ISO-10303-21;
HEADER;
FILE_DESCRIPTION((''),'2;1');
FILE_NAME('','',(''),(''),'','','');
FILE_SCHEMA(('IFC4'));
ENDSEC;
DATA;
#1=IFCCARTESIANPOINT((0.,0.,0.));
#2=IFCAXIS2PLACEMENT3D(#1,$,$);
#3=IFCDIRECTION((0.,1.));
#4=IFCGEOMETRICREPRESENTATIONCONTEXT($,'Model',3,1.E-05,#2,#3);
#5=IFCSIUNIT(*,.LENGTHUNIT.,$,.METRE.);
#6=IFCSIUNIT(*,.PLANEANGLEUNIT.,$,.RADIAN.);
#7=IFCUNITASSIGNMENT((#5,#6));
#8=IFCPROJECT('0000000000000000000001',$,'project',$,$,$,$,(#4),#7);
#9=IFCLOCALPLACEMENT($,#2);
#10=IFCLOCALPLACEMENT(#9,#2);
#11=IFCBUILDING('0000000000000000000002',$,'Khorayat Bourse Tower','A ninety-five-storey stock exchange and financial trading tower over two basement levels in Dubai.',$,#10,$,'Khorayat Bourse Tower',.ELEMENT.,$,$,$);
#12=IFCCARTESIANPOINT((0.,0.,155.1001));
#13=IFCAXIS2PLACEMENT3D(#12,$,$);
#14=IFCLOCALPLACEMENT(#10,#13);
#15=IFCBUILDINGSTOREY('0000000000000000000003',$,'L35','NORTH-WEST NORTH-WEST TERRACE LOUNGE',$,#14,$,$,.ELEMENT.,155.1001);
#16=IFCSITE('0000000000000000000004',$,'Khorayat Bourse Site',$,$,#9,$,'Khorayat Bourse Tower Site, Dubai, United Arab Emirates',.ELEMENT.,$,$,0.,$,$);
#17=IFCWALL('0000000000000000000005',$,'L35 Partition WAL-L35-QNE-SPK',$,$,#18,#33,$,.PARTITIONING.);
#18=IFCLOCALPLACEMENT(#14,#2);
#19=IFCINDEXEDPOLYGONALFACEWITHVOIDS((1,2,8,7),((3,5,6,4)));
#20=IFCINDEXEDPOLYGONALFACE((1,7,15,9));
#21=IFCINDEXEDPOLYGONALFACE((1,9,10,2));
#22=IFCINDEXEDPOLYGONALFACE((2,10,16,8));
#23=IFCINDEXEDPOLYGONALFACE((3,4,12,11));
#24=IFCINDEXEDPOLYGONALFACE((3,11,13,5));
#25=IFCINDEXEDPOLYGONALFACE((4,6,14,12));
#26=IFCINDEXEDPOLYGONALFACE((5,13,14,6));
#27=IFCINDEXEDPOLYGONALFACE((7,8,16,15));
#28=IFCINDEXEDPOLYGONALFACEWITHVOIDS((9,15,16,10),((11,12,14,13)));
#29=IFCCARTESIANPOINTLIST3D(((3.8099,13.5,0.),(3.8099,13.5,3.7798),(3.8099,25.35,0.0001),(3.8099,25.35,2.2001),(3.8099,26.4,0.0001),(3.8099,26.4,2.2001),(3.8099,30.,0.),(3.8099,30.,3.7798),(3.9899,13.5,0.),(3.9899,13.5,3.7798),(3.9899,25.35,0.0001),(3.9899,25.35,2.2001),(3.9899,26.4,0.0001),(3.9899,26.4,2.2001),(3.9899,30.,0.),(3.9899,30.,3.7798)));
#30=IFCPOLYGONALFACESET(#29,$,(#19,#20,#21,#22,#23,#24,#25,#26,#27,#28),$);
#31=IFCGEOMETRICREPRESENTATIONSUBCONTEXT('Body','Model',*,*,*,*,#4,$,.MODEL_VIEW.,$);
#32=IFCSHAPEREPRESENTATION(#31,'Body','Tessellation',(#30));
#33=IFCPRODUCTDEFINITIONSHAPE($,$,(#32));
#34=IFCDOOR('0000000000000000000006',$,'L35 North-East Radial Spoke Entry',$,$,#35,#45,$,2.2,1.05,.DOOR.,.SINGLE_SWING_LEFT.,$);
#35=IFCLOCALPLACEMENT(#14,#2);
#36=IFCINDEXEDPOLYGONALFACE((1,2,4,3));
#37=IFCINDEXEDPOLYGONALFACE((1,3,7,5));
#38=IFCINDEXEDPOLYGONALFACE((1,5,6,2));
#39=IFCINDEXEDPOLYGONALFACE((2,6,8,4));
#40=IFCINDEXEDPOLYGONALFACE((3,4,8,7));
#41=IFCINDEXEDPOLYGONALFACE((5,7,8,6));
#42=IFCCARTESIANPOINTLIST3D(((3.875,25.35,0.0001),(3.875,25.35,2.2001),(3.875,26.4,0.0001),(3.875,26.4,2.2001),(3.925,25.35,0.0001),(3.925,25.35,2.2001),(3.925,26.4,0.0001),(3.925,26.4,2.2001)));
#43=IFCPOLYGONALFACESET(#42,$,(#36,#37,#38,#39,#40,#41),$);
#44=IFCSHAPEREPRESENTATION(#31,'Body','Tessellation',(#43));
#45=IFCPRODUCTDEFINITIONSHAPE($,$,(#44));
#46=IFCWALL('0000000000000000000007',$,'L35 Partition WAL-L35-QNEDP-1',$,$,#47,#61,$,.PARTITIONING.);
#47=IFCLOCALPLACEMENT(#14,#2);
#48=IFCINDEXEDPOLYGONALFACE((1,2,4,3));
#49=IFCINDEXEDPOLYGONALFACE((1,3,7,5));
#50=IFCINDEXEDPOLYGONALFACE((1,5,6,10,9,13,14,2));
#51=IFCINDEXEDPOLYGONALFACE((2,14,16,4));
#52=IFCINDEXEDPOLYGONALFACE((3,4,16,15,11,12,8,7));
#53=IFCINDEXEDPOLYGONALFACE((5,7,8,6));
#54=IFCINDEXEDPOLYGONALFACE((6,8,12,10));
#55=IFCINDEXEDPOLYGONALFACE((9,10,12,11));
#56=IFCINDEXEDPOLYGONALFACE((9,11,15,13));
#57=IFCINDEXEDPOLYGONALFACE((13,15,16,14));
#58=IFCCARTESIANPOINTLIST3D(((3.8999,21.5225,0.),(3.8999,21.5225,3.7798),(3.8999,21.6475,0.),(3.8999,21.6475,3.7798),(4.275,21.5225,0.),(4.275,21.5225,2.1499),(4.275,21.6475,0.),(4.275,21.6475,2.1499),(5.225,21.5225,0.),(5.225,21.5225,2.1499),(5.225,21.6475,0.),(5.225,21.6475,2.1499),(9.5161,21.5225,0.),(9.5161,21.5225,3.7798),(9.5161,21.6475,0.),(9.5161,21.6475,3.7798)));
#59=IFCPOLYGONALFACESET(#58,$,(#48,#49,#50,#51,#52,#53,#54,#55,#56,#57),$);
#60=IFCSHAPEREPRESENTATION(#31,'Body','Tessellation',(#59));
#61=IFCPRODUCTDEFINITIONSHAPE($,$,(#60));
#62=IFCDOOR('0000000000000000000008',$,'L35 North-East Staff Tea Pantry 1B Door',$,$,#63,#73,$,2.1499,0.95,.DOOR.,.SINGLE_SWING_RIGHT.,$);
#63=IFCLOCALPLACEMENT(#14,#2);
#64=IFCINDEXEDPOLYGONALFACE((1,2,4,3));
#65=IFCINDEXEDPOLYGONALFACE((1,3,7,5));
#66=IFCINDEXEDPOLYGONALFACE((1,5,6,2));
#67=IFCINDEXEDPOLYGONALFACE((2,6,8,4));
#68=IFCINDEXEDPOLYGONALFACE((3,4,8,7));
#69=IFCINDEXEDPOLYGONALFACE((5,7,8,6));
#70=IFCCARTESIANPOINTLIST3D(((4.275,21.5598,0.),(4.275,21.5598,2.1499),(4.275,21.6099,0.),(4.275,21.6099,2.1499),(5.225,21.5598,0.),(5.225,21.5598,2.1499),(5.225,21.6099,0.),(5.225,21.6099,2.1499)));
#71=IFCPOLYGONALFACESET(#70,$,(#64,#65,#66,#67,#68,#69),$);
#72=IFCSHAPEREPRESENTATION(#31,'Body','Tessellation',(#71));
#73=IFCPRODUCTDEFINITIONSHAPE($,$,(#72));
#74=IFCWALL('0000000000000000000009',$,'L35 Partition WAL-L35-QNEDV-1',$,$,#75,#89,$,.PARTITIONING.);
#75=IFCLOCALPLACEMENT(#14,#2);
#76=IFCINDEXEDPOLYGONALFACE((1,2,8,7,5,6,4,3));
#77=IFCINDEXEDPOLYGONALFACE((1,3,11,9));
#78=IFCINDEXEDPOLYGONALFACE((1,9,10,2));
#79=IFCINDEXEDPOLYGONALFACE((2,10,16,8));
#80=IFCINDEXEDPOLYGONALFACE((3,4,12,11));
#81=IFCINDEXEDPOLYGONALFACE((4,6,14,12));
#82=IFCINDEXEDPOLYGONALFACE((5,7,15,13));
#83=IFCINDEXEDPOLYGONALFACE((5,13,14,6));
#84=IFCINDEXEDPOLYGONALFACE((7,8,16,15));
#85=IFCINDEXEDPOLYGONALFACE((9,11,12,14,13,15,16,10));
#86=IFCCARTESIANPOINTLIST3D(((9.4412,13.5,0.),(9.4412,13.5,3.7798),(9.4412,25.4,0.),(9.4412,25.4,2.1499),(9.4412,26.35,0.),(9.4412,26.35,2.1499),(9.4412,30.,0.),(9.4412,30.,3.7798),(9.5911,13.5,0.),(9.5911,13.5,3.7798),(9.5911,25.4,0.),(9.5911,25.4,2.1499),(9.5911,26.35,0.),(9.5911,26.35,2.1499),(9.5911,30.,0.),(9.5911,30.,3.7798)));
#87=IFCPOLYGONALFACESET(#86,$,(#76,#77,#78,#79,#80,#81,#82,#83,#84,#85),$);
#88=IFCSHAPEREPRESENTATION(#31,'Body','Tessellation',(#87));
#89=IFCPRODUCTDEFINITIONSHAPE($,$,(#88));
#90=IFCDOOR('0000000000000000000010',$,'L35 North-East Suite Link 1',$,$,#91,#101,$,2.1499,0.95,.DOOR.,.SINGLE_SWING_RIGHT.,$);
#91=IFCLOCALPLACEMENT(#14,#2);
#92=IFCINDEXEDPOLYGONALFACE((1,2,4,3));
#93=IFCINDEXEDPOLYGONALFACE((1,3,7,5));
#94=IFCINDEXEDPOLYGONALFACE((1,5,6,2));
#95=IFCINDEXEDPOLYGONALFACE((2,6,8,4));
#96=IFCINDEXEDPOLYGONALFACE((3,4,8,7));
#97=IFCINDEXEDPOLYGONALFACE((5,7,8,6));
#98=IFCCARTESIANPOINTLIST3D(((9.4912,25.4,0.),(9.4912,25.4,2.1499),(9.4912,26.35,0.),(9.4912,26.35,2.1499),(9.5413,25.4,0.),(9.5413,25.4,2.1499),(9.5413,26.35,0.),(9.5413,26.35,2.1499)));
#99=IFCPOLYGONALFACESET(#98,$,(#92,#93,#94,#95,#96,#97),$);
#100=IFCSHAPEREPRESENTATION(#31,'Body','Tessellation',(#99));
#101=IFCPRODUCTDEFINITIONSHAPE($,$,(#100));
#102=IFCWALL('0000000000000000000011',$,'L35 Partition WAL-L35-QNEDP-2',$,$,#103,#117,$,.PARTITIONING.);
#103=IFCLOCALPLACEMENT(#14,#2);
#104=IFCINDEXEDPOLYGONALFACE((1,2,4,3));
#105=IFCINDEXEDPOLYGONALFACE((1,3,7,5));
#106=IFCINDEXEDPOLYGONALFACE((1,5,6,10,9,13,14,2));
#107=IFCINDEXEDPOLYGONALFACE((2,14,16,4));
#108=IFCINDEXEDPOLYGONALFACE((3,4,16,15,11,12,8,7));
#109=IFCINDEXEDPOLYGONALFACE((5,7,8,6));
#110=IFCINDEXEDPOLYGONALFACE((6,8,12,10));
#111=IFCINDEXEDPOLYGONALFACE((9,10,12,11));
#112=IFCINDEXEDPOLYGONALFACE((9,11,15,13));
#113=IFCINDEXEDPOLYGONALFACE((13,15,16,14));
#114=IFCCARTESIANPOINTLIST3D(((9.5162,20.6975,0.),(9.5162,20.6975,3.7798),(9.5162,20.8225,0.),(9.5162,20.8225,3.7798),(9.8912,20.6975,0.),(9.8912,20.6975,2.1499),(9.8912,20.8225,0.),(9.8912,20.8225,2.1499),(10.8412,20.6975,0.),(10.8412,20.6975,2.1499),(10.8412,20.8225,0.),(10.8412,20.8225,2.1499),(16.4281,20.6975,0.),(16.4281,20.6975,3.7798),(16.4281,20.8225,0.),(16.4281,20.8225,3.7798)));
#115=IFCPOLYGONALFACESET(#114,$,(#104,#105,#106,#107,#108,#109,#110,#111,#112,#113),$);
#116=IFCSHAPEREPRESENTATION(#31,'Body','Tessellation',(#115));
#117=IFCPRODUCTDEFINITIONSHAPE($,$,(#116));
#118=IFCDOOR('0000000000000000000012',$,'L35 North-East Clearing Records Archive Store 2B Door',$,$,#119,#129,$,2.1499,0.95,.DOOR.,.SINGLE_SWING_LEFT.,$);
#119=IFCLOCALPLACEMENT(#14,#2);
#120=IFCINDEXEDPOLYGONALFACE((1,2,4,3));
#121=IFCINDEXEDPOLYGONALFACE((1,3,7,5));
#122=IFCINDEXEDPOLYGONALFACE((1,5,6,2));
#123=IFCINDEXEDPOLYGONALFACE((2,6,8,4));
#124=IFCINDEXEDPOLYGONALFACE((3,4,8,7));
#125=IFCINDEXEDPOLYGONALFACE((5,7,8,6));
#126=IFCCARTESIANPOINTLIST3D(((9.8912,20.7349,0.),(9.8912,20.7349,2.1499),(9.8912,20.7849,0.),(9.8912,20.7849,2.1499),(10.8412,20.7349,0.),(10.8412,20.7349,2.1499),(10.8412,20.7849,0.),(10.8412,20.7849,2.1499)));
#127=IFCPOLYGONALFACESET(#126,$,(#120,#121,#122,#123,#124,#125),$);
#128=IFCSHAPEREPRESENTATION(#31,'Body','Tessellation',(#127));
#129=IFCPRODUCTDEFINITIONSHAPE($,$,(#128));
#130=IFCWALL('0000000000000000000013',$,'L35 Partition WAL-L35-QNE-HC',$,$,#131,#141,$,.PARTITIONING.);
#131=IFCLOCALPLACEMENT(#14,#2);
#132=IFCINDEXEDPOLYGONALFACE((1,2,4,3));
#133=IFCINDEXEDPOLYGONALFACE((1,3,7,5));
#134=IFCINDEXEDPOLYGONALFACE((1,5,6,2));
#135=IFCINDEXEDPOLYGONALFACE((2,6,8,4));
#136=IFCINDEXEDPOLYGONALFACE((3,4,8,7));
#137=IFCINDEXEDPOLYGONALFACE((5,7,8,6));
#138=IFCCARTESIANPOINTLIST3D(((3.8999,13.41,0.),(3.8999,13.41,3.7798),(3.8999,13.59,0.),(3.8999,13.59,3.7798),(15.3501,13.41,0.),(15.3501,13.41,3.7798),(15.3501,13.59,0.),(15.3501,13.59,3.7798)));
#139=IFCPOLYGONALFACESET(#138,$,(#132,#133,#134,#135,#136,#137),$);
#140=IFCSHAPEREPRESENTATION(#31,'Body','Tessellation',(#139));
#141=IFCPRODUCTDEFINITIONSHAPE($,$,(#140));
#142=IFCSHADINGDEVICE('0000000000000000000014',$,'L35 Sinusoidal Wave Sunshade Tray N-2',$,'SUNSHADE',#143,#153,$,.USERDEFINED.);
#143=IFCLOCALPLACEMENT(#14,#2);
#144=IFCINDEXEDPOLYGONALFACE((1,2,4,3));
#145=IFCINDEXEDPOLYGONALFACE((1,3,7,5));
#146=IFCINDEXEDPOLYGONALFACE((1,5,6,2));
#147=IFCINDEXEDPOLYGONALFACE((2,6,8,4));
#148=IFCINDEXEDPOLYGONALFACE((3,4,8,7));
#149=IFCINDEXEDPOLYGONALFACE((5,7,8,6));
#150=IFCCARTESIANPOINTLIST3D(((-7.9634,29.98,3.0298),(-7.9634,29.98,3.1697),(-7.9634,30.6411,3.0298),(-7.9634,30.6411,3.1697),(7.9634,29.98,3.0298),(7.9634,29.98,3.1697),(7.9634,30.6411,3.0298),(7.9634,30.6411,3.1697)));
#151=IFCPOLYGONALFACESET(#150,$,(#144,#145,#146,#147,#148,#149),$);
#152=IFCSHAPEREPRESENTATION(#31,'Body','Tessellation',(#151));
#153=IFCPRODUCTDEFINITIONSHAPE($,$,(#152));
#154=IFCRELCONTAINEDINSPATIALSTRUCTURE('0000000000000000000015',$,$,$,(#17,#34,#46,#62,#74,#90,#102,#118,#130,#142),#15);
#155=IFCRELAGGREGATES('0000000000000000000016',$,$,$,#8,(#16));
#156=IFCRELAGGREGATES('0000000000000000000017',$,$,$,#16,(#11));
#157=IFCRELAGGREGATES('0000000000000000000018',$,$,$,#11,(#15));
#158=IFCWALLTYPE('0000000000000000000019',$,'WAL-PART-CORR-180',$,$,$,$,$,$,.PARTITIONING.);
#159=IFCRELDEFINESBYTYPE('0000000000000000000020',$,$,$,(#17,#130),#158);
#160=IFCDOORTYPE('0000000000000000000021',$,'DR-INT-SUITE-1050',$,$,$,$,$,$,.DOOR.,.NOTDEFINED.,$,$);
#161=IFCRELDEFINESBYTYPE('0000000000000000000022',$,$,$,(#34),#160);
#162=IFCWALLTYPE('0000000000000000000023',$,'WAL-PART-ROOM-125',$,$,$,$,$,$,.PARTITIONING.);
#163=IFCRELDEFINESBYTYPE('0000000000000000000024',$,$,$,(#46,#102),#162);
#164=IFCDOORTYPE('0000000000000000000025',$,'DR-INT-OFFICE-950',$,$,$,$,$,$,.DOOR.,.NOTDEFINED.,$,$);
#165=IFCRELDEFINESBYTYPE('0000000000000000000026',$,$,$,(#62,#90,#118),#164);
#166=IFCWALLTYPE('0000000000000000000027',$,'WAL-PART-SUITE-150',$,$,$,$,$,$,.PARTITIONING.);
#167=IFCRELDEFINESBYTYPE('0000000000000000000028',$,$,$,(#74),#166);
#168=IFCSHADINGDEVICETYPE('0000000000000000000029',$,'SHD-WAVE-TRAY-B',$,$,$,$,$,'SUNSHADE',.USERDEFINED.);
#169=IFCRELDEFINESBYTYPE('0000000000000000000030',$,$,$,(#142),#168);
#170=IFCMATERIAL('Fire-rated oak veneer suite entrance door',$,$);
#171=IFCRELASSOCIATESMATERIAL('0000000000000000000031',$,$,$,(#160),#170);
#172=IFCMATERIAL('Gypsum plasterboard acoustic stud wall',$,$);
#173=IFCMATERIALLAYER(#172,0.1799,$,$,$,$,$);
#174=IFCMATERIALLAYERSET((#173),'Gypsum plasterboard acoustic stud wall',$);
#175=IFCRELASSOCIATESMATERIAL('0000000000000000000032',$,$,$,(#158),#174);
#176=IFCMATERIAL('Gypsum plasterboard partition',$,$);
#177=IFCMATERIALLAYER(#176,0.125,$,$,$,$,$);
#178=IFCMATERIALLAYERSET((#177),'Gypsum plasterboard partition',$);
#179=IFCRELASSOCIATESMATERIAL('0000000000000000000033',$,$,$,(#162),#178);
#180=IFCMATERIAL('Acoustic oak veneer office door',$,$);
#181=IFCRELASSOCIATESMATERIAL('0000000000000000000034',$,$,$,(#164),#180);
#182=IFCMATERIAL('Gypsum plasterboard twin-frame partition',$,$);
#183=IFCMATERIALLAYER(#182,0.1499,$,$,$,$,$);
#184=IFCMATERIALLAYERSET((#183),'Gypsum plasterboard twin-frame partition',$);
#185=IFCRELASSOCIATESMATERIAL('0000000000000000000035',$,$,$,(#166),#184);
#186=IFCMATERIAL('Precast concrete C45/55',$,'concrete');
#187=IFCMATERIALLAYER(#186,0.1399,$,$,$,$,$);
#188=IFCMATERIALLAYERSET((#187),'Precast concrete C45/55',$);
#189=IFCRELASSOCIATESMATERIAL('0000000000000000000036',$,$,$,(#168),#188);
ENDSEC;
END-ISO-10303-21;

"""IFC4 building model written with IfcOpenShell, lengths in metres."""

from ifc_helpers import new_model, si_unit, direction, frame, frame_2d, origin, origin_2d, place, context, subcontext, project, spatial, rectangle, extrude, source, transform, mapped, material, layer, layer_set, type_object, element, fill, save


model = new_model("IFC4")

# Units and contexts
model_context = context("Model", 3, precision=1e-05, world=origin(), true_north=direction((0.0, 1.0)))
body_context = subcontext(model_context, "Body", "Model", "MODEL_VIEW")
ifc_project = project(units=[si_unit("LENGTHUNIT", "METRE"), si_unit("PLANEANGLEUNIT", "RADIAN")], contexts=[model_context])

# Site, building, storey
site_placement = place(None, origin())
site = spatial("IfcSite", under=ifc_project, at=site_placement, Name="Khorayat Bourse Site", LongName="Khorayat Bourse Tower Site, Dubai, United Arab Emirates", CompositionType="ELEMENT", RefElevation=0.0)
building_placement = place(site_placement, origin())
building = spatial("IfcBuilding", under=site, at=building_placement, Name="Khorayat Bourse Tower", Description="A ninety-five-storey stock exchange and financial trading tower over two basement levels in Dubai.", LongName="Khorayat Bourse Tower", CompositionType="ELEMENT")
storey_placement = place(building_placement, frame((0.0, 0.0, 155.1001)))
storey = spatial("IfcBuildingStorey", under=building, at=storey_placement, Name="L35", Description="NORTH-WEST NORTH-WEST TERRACE LOUNGE", CompositionType="ELEMENT", Elevation=155.1001)

# Shared definitions
ifc_material_1 = material(Name="Fire-rated oak veneer suite entrance door")
door_type_1 = type_object("IfcDoorType", Name="DR-INT-SUITE-1050", OperationType="NOTDEFINED", PredefinedType="DOOR", material=ifc_material_1)
shared_shape_1 = source(origin(), body_context, "Body", "SweptSolid", [
    extrude(rectangle(XDim=1.05, YDim=2.2, at=frame_2d((0.5249, 1.1001))), frame((0.0, 0.0249, 0.0), z_axis=(0.0, -1.0, 0.0), x_axis=(1.0, 0.0, 0.0)), (0.0, 0.0, 1.0), 0.05),
])

# Shared definitions
ifc_material_2 = material(Name="Gypsum plasterboard acoustic stud wall")
ifc_layer_1 = layer(ifc_material_2, 0.1799)
ifc_layer_set_1 = layer_set([ifc_layer_1], Name="Gypsum plasterboard acoustic stud wall")
wall_type_1 = type_object("IfcWallType", Name="WAL-PART-CORR-180", PredefinedType="PARTITIONING", material=ifc_layer_set_1)

# Walls, openings, doors
shared_shape_2 = source(origin(), body_context, "Body", "SweptSolid", [
    extrude(rectangle(XDim=16.5, YDim=0.1799, at=frame_2d((8.25, 0.0))), origin(), (0.0, 0.0, 1.0), 3.7798),
])
shared_shape_3 = source(origin(), body_context, "Body", "SweptSolid", [
    extrude(rectangle(XDim=1.05, YDim=2.2, at=frame_2d((0.5249, 1.1001))), frame((0.0, 0.0999, 0.0), z_axis=(0.0, -1.0, 0.0), x_axis=(1.0, 0.0, 0.0)), (0.0, 0.0, 1.0), 0.2),
])
wall_1_placement = place(storey_placement, frame((3.8999, 13.5, 0.0), z_axis=(0.0, 0.0, 1.0), x_axis=(0.0, 1.0, 0.0)))
wall_1 = element("IfcWall", 1, at=wall_1_placement, inside=storey, type_object=wall_type_1, Name="L35 Partition WAL-L35-QNE-SPK", PredefinedType="PARTITIONING", context=body_context, shape_type="MappedRepresentation", body=[
    mapped(shared_shape_2, transform((0.0, 0.0, 0.0), scale=1.0)),
])
opening_1_placement = place(wall_1_placement, frame((11.8501, 0.0, 0.0)))
opening_1 = element("IfcOpeningElement", 2, at=opening_1_placement, cuts=wall_1, PredefinedType="OPENING", context=body_context, shape_type="MappedRepresentation", body=[
    mapped(shared_shape_3, transform((0.0, 0.0, 0.0), scale=1.0)),
])
door_1_placement = place(opening_1_placement, origin())
door_1 = element("IfcDoor", 3, at=door_1_placement, inside=storey, type_object=door_type_1, Name="L35 North-East Radial Spoke Entry", OperationType="SINGLE_SWING_LEFT", OverallHeight=2.2, OverallWidth=1.05, PredefinedType="DOOR", context=body_context, shape_type="MappedRepresentation", body=[
    mapped(shared_shape_1, transform((0.0, 0.0, 0.0), scale=1.0)),
])
fill(opening_1, door_1)
ifc_material_3 = material(Name="Gypsum plasterboard partition")
ifc_layer_2 = layer(ifc_material_3, 0.125)
ifc_layer_set_2 = layer_set([ifc_layer_2], Name="Gypsum plasterboard partition")
wall_type_2 = type_object("IfcWallType", Name="WAL-PART-ROOM-125", PredefinedType="PARTITIONING", material=ifc_layer_set_2)
shared_shape_4 = source(origin(), body_context, "Body", "SweptSolid", [
    extrude(rectangle(XDim=5.6162, YDim=0.125, at=frame_2d((2.8081, 0.0))), origin(), (0.0, 0.0, 1.0), 3.7798),
])
wall_2_placement = place(storey_placement, frame((3.8999, 21.585, 0.0), z_axis=(0.0, 0.0, 1.0), x_axis=(1.0, 0.0, 0.0)))
wall_2 = element("IfcWall", 4, at=wall_2_placement, inside=storey, type_object=wall_type_2, Name="L35 Partition WAL-L35-QNEDP-1", PredefinedType="PARTITIONING", context=body_context, shape_type="MappedRepresentation", body=[
    mapped(shared_shape_4, transform((0.0, 0.0, 0.0), scale=1.0)),
])
shared_shape_5 = source(origin(), body_context, "Body", "SweptSolid", [
    extrude(rectangle(XDim=0.95, YDim=2.1499, at=frame_2d((0.4751, 1.075))), frame((0.0, 0.0725, 0.0), z_axis=(0.0, -1.0, 0.0), x_axis=(1.0, 0.0, 0.0)), (0.0, 0.0, 1.0), 0.145),
])
opening_2_placement = place(wall_2_placement, frame((0.375, 0.0, 0.0)))
opening_2 = element("IfcOpeningElement", 5, at=opening_2_placement, cuts=wall_2, PredefinedType="OPENING", context=body_context, shape_type="MappedRepresentation", body=[
    mapped(shared_shape_5, transform((0.0, 0.0, 0.0), scale=1.0)),
])
ifc_material_4 = material(Name="Acoustic oak veneer office door")
door_type_2 = type_object("IfcDoorType", Name="DR-INT-OFFICE-950", OperationType="NOTDEFINED", PredefinedType="DOOR", material=ifc_material_4)
shared_shape_6 = source(origin(), body_context, "Body", "SweptSolid", [
    extrude(rectangle(XDim=0.95, YDim=2.1499, at=frame_2d((0.4751, 1.075))), frame((0.0, 0.0249, 0.0), z_axis=(0.0, -1.0, 0.0), x_axis=(1.0, 0.0, 0.0)), (0.0, 0.0, 1.0), 0.05),
])
door_2_placement = place(opening_2_placement, origin())
door_2 = element("IfcDoor", 6, at=door_2_placement, inside=storey, type_object=door_type_2, Name="L35 North-East Staff Tea Pantry 1B Door", OperationType="SINGLE_SWING_RIGHT", OverallHeight=2.1499, OverallWidth=0.95, PredefinedType="DOOR", context=body_context, shape_type="MappedRepresentation", body=[
    mapped(shared_shape_6, transform((0.0, 0.0, 0.0), scale=1.0)),
])
fill(opening_2, door_2)
ifc_material_5 = material(Name="Gypsum plasterboard twin-frame partition")
ifc_layer_3 = layer(ifc_material_5, 0.1499)
ifc_layer_set_3 = layer_set([ifc_layer_3], Name="Gypsum plasterboard twin-frame partition")
wall_type_3 = type_object("IfcWallType", Name="WAL-PART-SUITE-150", PredefinedType="PARTITIONING", material=ifc_layer_set_3)
shared_shape_7 = source(origin(), body_context, "Body", "SweptSolid", [
    extrude(rectangle(XDim=16.5, YDim=0.1499, at=frame_2d((8.25, 0.0))), origin(), (0.0, 0.0, 1.0), 3.7798),
])
wall_3_placement = place(storey_placement, frame((9.5161, 13.5, 0.0), z_axis=(0.0, 0.0, 1.0), x_axis=(0.0, 1.0, 0.0)))
wall_3 = element("IfcWall", 7, at=wall_3_placement, inside=storey, type_object=wall_type_3, Name="L35 Partition WAL-L35-QNEDV-1", PredefinedType="PARTITIONING", context=body_context, shape_type="MappedRepresentation", body=[
    mapped(shared_shape_7, transform((0.0, 0.0, 0.0), scale=1.0)),
])
shared_shape_8 = source(origin(), body_context, "Body", "SweptSolid", [
    extrude(rectangle(XDim=0.95, YDim=2.1499, at=frame_2d((0.4751, 1.075))), frame((0.0, 0.085, 0.0), z_axis=(0.0, -1.0, 0.0), x_axis=(1.0, 0.0, 0.0)), (0.0, 0.0, 1.0), 0.1699),
])
opening_3_placement = place(wall_3_placement, frame((11.8999, 0.0, 0.0)))
opening_3 = element("IfcOpeningElement", 8, at=opening_3_placement, cuts=wall_3, PredefinedType="OPENING", context=body_context, shape_type="MappedRepresentation", body=[
    mapped(shared_shape_8, transform((0.0, 0.0, 0.0), scale=1.0)),
])
door_3_placement = place(opening_3_placement, origin())
door_3 = element("IfcDoor", 9, at=door_3_placement, inside=storey, type_object=door_type_2, Name="L35 North-East Suite Link 1", OperationType="SINGLE_SWING_RIGHT", OverallHeight=2.1499, OverallWidth=0.95, PredefinedType="DOOR", context=body_context, shape_type="MappedRepresentation", body=[
    mapped(shared_shape_6, transform((0.0, 0.0, 0.0), scale=1.0)),
])
fill(opening_3, door_3)
shared_shape_9 = source(origin(), body_context, "Body", "SweptSolid", [
    extrude(rectangle(XDim=6.9119, YDim=0.125, at=frame_2d((3.4561, 0.0))), origin(), (0.0, 0.0, 1.0), 3.7798),
])
wall_4_placement = place(storey_placement, frame((9.5161, 20.76, 0.0), z_axis=(0.0, 0.0, 1.0), x_axis=(1.0, 0.0, 0.0)))
wall_4 = element("IfcWall", 10, at=wall_4_placement, inside=storey, type_object=wall_type_2, Name="L35 Partition WAL-L35-QNEDP-2", PredefinedType="PARTITIONING", context=body_context, shape_type="MappedRepresentation", body=[
    mapped(shared_shape_9, transform((0.0, 0.0, 0.0), scale=1.0)),
])
opening_4_placement = place(wall_4_placement, frame((0.375, 0.0, 0.0)))
opening_4 = element("IfcOpeningElement", 11, at=opening_4_placement, cuts=wall_4, PredefinedType="OPENING", context=body_context, shape_type="MappedRepresentation", body=[
    mapped(shared_shape_5, transform((0.0, 0.0, 0.0), scale=1.0)),
])
door_4_placement = place(opening_4_placement, origin())
door_4 = element("IfcDoor", 12, at=door_4_placement, inside=storey, type_object=door_type_2, Name="L35 North-East Clearing Records Archive Store 2B Door", OperationType="SINGLE_SWING_LEFT", OverallHeight=2.1499, OverallWidth=0.95, PredefinedType="DOOR", context=body_context, shape_type="MappedRepresentation", body=[
    mapped(shared_shape_6, transform((0.0, 0.0, 0.0), scale=1.0)),
])
fill(opening_4, door_4)

# Wall
shared_shape_10 = source(origin(), body_context, "Body", "SweptSolid", [
    extrude(rectangle(XDim=11.4502, YDim=0.1799, at=frame_2d((5.7251, 0.0))), origin(), (0.0, 0.0, 1.0), 3.7798),
])
wall_5_placement = place(storey_placement, frame((3.8999, 13.5, 0.0), z_axis=(0.0, 0.0, 1.0), x_axis=(1.0, 0.0, 0.0)))
element("IfcWall", 13, at=wall_5_placement, inside=storey, type_object=wall_type_1, Name="L35 Partition WAL-L35-QNE-HC", PredefinedType="PARTITIONING", context=body_context, shape_type="MappedRepresentation", body=[
    mapped(shared_shape_10, transform((0.0, 0.0, 0.0), scale=1.0)),
])

# Shading device
ifc_material_6 = material(Name="Precast concrete C45/55", Category="concrete")
ifc_layer_4 = layer(ifc_material_6, 0.1399)
ifc_layer_set_4 = layer_set([ifc_layer_4], Name="Precast concrete C45/55")
shading_device_type = type_object("IfcShadingDeviceType", Name="SHD-WAVE-TRAY-B", ElementType="SUNSHADE", PredefinedType="USERDEFINED", material=ifc_layer_set_4)
shared_shape_11 = source(origin(), body_context, "Body", "SweptSolid", [
    extrude(rectangle(XDim=15.9268, YDim=0.6611, at=origin_2d()), origin(), (0.0, 0.0, 1.0), 0.1399),
])
shading_device_placement = place(storey_placement, frame((0.0, 30.3105, 3.0298), z_axis=(0.0, 0.0, 1.0), x_axis=(1.0, 0.0, 0.0)))
element("IfcShadingDevice", 14, at=shading_device_placement, inside=storey, type_object=shading_device_type, Name="L35 Sinusoidal Wave Sunshade Tray N-2", ObjectType="SUNSHADE", PredefinedType="USERDEFINED", context=body_context, shape_type="MappedRepresentation", body=[
    mapped(shared_shape_11, transform((0.0, 0.0, 0.0), scale=1.0)),
])

save(model, "model.ifc")
